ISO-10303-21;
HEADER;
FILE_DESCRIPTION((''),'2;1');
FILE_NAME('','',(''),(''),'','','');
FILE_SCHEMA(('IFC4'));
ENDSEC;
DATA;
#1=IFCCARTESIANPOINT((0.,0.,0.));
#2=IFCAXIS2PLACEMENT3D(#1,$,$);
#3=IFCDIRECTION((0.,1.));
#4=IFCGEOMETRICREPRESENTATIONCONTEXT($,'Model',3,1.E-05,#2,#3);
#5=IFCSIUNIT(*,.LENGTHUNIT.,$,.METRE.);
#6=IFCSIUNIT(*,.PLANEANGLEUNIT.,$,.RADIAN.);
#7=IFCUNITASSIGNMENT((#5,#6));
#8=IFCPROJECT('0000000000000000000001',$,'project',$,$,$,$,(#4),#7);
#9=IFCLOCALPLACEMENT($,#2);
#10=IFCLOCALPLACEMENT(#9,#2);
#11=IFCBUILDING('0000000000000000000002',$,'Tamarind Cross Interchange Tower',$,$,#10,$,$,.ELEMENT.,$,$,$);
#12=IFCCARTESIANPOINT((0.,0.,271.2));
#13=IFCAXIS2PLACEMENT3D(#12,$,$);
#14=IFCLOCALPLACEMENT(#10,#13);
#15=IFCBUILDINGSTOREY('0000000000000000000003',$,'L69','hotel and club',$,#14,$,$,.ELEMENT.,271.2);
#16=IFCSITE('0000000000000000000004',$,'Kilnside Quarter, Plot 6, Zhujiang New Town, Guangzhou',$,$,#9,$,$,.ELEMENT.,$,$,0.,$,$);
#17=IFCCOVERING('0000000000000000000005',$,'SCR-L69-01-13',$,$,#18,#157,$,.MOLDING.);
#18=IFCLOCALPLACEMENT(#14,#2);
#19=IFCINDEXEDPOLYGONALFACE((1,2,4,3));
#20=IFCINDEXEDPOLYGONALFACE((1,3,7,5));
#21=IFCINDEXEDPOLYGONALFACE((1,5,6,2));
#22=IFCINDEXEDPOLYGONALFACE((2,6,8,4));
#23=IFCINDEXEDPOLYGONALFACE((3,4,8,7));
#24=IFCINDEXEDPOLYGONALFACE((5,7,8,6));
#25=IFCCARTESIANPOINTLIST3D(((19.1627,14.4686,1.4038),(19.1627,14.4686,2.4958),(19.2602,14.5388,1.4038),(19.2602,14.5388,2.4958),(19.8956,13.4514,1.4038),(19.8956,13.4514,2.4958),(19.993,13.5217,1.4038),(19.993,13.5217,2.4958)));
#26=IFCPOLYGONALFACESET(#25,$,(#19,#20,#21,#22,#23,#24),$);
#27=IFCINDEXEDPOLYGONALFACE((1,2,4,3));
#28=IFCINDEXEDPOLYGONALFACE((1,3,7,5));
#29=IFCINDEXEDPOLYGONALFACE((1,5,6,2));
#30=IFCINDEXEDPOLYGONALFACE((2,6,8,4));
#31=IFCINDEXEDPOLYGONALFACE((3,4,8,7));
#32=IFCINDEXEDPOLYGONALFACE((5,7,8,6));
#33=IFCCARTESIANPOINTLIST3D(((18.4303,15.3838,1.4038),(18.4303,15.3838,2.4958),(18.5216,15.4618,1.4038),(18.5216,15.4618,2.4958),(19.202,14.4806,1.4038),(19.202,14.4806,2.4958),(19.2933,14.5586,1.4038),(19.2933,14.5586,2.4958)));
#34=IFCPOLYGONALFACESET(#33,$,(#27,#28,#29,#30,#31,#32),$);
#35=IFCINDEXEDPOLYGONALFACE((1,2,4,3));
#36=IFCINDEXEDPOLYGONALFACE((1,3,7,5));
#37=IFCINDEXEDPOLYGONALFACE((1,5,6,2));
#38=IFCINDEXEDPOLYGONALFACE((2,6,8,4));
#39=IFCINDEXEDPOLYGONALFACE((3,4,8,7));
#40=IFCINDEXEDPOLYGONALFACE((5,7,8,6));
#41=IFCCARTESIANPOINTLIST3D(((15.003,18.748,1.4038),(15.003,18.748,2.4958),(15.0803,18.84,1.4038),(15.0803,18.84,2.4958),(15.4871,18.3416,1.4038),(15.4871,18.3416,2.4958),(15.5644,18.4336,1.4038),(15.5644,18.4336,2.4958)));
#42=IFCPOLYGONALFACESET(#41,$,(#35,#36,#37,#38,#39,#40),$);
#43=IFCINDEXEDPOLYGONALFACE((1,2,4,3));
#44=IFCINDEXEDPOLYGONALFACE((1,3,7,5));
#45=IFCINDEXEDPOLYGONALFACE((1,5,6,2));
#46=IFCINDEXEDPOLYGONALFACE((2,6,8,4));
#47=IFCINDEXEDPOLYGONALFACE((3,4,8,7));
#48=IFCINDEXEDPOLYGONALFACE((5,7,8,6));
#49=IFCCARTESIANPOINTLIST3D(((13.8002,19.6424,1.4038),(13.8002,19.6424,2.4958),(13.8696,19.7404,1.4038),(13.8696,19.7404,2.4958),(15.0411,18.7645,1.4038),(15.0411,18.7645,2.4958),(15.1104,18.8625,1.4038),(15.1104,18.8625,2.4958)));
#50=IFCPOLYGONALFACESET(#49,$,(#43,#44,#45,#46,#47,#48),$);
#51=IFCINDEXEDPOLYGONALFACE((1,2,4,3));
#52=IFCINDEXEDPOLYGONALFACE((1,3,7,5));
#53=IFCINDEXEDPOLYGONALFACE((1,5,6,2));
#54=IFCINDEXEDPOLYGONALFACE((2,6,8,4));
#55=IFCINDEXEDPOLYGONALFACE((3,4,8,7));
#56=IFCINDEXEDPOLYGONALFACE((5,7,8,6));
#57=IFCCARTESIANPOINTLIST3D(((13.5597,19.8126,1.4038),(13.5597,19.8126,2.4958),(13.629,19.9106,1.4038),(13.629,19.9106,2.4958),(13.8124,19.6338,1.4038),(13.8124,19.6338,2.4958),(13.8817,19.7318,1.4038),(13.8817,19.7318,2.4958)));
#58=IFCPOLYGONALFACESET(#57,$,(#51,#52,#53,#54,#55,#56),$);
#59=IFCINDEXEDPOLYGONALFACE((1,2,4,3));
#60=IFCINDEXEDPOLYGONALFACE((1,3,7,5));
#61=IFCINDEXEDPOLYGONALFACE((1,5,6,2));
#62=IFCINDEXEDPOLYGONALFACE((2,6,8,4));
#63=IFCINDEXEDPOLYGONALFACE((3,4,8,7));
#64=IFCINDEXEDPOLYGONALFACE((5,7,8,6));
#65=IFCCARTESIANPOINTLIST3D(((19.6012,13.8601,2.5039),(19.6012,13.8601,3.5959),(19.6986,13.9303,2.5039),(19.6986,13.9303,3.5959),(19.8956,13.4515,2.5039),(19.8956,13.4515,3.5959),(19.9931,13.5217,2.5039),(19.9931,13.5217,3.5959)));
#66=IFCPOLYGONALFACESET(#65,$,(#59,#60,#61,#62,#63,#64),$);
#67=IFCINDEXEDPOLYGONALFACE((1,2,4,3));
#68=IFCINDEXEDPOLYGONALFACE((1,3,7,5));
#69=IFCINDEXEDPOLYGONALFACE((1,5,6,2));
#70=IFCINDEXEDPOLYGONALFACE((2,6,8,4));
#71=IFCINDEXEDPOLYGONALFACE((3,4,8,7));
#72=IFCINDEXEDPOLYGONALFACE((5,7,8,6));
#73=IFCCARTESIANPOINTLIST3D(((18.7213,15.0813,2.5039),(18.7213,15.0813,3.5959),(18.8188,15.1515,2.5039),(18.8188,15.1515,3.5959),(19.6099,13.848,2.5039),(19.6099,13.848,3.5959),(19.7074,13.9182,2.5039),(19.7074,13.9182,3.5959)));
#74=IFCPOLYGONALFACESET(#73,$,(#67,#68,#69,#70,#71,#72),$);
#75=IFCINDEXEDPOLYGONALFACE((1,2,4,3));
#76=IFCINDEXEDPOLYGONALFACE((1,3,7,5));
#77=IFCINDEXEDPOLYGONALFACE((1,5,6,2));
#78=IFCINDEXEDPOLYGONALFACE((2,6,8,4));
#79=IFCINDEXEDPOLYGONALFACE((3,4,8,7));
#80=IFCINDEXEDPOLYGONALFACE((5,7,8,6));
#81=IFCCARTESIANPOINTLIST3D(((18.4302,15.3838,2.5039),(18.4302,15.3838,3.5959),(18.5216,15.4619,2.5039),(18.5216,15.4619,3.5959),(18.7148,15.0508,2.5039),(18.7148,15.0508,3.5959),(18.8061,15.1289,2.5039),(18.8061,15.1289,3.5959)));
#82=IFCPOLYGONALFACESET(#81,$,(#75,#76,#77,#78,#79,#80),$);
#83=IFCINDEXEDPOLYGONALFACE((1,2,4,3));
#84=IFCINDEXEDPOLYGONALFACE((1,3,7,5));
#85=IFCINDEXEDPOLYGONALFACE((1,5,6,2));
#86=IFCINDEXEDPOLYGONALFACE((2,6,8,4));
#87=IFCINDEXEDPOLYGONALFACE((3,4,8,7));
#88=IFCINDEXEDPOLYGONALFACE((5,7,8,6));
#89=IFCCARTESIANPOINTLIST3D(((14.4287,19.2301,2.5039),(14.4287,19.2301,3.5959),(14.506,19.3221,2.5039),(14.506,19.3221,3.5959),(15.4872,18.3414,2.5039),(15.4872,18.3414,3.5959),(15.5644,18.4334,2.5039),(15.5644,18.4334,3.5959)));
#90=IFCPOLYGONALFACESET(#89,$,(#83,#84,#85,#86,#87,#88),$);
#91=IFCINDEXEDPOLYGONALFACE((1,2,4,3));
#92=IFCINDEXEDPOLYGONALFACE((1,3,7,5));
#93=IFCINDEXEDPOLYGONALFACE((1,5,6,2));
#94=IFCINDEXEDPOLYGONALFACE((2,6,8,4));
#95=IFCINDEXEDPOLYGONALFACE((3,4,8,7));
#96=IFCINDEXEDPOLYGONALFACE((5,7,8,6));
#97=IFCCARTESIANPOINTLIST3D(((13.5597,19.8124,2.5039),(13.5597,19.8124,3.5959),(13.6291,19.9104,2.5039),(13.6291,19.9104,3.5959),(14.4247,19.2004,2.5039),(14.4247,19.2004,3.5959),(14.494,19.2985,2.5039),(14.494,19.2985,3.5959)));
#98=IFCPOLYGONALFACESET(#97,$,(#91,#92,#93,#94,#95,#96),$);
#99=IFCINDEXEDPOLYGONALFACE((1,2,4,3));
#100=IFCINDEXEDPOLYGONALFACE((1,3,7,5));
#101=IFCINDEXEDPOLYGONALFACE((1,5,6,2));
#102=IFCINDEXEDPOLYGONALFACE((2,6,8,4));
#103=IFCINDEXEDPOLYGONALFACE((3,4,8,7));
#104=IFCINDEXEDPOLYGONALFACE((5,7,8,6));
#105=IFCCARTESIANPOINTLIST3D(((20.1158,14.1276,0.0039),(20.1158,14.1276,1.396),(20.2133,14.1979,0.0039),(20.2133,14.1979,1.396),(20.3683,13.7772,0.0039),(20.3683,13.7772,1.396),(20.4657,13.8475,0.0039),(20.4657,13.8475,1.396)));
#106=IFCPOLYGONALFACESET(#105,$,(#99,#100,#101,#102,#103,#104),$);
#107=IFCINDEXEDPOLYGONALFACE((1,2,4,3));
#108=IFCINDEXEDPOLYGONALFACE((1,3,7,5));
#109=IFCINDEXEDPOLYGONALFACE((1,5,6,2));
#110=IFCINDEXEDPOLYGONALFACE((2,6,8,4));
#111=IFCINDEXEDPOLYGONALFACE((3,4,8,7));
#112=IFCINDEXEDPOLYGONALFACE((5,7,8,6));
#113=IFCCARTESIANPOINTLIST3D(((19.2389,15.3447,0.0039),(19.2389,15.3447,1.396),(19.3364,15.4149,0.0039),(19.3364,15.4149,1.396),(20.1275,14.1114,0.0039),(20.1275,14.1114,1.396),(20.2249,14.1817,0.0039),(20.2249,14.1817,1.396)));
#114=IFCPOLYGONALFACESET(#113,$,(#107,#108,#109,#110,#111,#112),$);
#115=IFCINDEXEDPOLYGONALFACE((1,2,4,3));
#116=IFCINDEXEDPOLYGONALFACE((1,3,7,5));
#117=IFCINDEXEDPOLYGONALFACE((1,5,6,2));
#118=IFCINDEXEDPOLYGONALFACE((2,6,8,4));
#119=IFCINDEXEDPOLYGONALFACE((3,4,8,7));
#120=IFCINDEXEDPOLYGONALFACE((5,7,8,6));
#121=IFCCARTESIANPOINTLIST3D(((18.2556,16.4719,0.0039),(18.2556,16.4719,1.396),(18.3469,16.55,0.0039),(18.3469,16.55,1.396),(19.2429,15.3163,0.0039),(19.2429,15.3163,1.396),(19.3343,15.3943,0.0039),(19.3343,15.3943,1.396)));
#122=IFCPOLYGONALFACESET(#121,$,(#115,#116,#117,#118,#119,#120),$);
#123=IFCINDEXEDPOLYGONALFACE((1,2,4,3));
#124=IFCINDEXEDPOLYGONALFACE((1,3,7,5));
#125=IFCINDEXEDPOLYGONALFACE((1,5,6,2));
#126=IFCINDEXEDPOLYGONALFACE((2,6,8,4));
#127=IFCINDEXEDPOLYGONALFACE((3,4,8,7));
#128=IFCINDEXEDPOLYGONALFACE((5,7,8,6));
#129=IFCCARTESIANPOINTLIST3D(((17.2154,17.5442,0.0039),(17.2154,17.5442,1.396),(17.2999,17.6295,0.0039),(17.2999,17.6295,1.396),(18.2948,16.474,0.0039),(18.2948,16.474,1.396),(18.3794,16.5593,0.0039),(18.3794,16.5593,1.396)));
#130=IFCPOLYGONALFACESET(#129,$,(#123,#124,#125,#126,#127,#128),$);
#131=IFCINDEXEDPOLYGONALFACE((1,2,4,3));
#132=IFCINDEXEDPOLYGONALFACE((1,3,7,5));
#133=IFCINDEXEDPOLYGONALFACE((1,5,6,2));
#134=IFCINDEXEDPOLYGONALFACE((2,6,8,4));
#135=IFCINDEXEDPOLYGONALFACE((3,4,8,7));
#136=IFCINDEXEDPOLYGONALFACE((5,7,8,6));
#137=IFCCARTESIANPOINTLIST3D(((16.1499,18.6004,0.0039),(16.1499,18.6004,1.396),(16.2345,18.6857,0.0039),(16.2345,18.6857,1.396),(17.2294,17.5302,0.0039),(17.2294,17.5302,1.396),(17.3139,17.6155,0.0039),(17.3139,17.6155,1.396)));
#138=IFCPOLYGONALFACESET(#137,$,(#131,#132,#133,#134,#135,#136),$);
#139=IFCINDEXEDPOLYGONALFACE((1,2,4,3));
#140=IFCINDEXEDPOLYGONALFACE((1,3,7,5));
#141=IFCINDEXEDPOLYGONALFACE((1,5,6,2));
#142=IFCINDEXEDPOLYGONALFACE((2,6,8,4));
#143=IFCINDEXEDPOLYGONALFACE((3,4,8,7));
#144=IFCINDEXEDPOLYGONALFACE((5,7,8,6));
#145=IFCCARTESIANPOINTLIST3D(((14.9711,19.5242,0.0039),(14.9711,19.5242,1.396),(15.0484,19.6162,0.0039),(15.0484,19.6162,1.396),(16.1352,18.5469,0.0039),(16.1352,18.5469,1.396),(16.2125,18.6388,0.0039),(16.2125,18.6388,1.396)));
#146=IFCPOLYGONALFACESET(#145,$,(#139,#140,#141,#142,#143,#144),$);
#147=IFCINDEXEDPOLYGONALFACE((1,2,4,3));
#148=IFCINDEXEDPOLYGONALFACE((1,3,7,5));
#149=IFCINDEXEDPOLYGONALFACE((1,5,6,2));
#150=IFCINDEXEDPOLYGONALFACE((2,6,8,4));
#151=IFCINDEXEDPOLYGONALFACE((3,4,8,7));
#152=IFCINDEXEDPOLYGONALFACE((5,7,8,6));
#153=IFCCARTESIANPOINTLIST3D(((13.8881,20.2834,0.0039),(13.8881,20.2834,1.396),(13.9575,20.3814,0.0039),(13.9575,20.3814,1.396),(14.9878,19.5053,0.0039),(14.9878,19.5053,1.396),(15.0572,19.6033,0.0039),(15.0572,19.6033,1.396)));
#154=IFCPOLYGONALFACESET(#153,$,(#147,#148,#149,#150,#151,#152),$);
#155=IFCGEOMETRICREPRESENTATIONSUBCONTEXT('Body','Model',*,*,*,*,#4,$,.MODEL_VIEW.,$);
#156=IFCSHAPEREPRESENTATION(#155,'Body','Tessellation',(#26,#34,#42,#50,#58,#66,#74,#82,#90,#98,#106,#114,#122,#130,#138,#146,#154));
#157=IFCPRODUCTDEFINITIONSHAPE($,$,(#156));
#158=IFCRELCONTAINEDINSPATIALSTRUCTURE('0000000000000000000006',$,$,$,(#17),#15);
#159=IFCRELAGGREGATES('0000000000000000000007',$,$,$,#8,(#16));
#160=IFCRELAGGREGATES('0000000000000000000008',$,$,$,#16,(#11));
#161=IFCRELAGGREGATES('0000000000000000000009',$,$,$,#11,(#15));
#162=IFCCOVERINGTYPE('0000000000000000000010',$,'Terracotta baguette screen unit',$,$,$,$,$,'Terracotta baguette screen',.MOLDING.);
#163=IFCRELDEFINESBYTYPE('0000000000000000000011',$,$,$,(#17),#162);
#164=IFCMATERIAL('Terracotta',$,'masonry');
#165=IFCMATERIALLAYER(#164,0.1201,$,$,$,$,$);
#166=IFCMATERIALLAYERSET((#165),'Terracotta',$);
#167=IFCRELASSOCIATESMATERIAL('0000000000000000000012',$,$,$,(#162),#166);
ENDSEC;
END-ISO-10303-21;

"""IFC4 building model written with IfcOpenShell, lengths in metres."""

from ifc_helpers import new_model, si_unit, direction, frame, origin, origin_2d, place, context, subcontext, project, spatial, rectangle, extrude, material, layer, layer_set, type_object, element, save


model = new_model("IFC4")

# Units and contexts
model_context = context("Model", 3, precision=1e-05, world=origin(), true_north=direction((0.0, 1.0)))
body_context = subcontext(model_context, "Body", "Model", "MODEL_VIEW")
ifc_project = project(units=[si_unit("LENGTHUNIT", "METRE"), si_unit("PLANEANGLEUNIT", "RADIAN")], contexts=[model_context])

# Site, building, storey
site_placement = place(None, origin())
site = spatial("IfcSite", under=ifc_project, at=site_placement, Name="Kilnside Quarter, Plot 6, Zhujiang New Town, Guangzhou", CompositionType="ELEMENT", RefElevation=0.0)
building_placement = place(site_placement, origin())
building = spatial("IfcBuilding", under=site, at=building_placement, Name="Tamarind Cross Interchange Tower", CompositionType="ELEMENT")
storey_placement = place(building_placement, frame((0.0, 0.0, 271.2)))
storey = spatial("IfcBuildingStorey", under=building, at=storey_placement, Name="L69", Description="hotel and club", CompositionType="ELEMENT", Elevation=271.2)

# Covering
ifc_material_1 = material(Name="Terracotta", Category="masonry")
ifc_layer_1 = layer(ifc_material_1, 0.1201)
ifc_layer_set_1 = layer_set([ifc_layer_1], Name="Terracotta")
covering_type = type_object("IfcCoveringType", Name="Terracotta baguette screen unit", ElementType="Terracotta baguette screen", PredefinedType="MOLDING", material=ifc_layer_set_1)
covering_1_placement = place(storey_placement, origin())
element("IfcCovering", 1, at=covering_1_placement, inside=storey, type_object=covering_type, Name="SCR-L69-01-13", PredefinedType="MOLDING", context=body_context, shape_type="SweptSolid", body=[
    extrude(rectangle(XDim=1.2537, YDim=0.1201, at=origin_2d()), frame((19.5779, 13.9951, 1.4038), z_axis=(0.0, 0.0, 1.0), x_axis=(-0.584574, 0.81134, 0.0)), (0.0, 0.0, 1.0), 1.092),
    extrude(rectangle(XDim=1.188, YDim=0.1201, at=origin_2d()), frame((18.8618, 14.9712, 1.4038), z_axis=(0.0, 0.0, 1.0), x_axis=(-0.649577, 0.760296, 0.0)), (0.0, 0.0, 1.0), 1.092),
    extrude(rectangle(XDim=0.6321, YDim=0.1201, at=origin_2d()), frame((15.2837, 18.5908, 1.4038), z_axis=(0.0, 0.0, 1.0), x_axis=(-0.765858, 0.643009, 0.0)), (0.0, 0.0, 1.0), 1.092),
    extrude(rectangle(XDim=1.52, YDim=0.1201, at=origin_2d()), frame((14.4553, 19.2524, 1.4038), z_axis=(0.0, 0.0, 1.0), x_axis=(-0.816342, 0.577569, 0.0)), (0.0, 0.0, 1.0), 1.092),
    extrude(rectangle(XDim=0.3096, YDim=0.1201, at=origin_2d()), frame((13.7207, 19.7722, 1.4038), z_axis=(0.0, 0.0, 1.0), x_axis=(-0.816342, 0.577569, 0.0)), (0.0, 0.0, 1.0), 1.092),
    extrude(rectangle(XDim=0.5037, YDim=0.1201, at=origin_2d()), frame((19.7971, 13.6909, 2.5039), z_axis=(0.0, 0.0, 1.0), x_axis=(-0.584574, 0.81134, 0.0)), (0.0, 0.0, 1.0), 1.092),
    extrude(rectangle(XDim=1.52, YDim=0.1201, at=origin_2d()), frame((19.2144, 14.4998, 2.5039), z_axis=(0.0, 0.0, 1.0), x_axis=(-0.584574, 0.81134, 0.0)), (0.0, 0.0, 1.0), 1.092),
    extrude(rectangle(XDim=0.438, YDim=0.1201, at=origin_2d()), frame((18.6182, 15.2563, 2.5039), z_axis=(0.0, 0.0, 1.0), x_axis=(-0.649577, 0.760296, 0.0)), (0.0, 0.0, 1.0), 1.092),
    extrude(rectangle(XDim=1.3821, YDim=0.1201, at=origin_2d()), frame((14.9966, 18.8318, 2.5039), z_axis=(0.0, 0.0, 1.0), x_axis=(-0.765858, 0.643009, 0.0)), (0.0, 0.0, 1.0), 1.092),
    extrude(rectangle(XDim=1.0596, YDim=0.1201, at=origin_2d()), frame((14.0269, 19.5554, 2.5039), z_axis=(0.0, 0.0, 1.0), x_axis=(-0.816342, 0.577569, 0.0)), (0.0, 0.0, 1.0), 1.092),
    extrude(rectangle(XDim=0.4319, YDim=0.1201, at=origin_2d()), frame((20.2908, 13.9875, 0.0039), z_axis=(0.0, 0.0, 1.0), x_axis=(-0.584574, 0.81134, 0.0)), (0.0, 0.0, 1.0), 1.3921),
    extrude(rectangle(XDim=1.52, YDim=0.1201, at=origin_2d()), frame((19.7319, 14.7632, 0.0039), z_axis=(0.0, 0.0, 1.0), x_axis=(-0.584574, 0.81134, 0.0)), (0.0, 0.0, 1.0), 1.3921),
    extrude(rectangle(XDim=1.52, YDim=0.1201, at=origin_2d()), frame((18.7949, 15.9331, 0.0039), z_axis=(0.0, 0.0, 1.0), x_axis=(-0.649577, 0.760296, 0.0)), (0.0, 0.0, 1.0), 1.3921),
    extrude(rectangle(XDim=1.52, YDim=0.1201, at=origin_2d()), frame((17.7974, 17.0518, 0.0039), z_axis=(0.0, 0.0, 1.0), x_axis=(-0.710143, 0.704057, 0.0)), (0.0, 0.0, 1.0), 1.3921),
    extrude(rectangle(XDim=1.52, YDim=0.1201, at=origin_2d()), frame((16.7319, 18.1079, 0.0039), z_axis=(0.0, 0.0, 1.0), x_axis=(-0.710143, 0.704057, 0.0)), (0.0, 0.0, 1.0), 1.3921),
    extrude(rectangle(XDim=1.52, YDim=0.1201, at=origin_2d()), frame((15.5918, 19.0815, 0.0039), z_axis=(0.0, 0.0, 1.0), x_axis=(-0.765858, 0.643009, 0.0)), (0.0, 0.0, 1.0), 1.3921),
    extrude(rectangle(XDim=1.3472, YDim=0.1201, at=origin_2d()), frame((14.4727, 19.9434, 0.0039), z_axis=(0.0, 0.0, 1.0), x_axis=(-0.816342, 0.577569, 0.0)), (0.0, 0.0, 1.0), 1.3921),
])

save(model, "model.ifc")
